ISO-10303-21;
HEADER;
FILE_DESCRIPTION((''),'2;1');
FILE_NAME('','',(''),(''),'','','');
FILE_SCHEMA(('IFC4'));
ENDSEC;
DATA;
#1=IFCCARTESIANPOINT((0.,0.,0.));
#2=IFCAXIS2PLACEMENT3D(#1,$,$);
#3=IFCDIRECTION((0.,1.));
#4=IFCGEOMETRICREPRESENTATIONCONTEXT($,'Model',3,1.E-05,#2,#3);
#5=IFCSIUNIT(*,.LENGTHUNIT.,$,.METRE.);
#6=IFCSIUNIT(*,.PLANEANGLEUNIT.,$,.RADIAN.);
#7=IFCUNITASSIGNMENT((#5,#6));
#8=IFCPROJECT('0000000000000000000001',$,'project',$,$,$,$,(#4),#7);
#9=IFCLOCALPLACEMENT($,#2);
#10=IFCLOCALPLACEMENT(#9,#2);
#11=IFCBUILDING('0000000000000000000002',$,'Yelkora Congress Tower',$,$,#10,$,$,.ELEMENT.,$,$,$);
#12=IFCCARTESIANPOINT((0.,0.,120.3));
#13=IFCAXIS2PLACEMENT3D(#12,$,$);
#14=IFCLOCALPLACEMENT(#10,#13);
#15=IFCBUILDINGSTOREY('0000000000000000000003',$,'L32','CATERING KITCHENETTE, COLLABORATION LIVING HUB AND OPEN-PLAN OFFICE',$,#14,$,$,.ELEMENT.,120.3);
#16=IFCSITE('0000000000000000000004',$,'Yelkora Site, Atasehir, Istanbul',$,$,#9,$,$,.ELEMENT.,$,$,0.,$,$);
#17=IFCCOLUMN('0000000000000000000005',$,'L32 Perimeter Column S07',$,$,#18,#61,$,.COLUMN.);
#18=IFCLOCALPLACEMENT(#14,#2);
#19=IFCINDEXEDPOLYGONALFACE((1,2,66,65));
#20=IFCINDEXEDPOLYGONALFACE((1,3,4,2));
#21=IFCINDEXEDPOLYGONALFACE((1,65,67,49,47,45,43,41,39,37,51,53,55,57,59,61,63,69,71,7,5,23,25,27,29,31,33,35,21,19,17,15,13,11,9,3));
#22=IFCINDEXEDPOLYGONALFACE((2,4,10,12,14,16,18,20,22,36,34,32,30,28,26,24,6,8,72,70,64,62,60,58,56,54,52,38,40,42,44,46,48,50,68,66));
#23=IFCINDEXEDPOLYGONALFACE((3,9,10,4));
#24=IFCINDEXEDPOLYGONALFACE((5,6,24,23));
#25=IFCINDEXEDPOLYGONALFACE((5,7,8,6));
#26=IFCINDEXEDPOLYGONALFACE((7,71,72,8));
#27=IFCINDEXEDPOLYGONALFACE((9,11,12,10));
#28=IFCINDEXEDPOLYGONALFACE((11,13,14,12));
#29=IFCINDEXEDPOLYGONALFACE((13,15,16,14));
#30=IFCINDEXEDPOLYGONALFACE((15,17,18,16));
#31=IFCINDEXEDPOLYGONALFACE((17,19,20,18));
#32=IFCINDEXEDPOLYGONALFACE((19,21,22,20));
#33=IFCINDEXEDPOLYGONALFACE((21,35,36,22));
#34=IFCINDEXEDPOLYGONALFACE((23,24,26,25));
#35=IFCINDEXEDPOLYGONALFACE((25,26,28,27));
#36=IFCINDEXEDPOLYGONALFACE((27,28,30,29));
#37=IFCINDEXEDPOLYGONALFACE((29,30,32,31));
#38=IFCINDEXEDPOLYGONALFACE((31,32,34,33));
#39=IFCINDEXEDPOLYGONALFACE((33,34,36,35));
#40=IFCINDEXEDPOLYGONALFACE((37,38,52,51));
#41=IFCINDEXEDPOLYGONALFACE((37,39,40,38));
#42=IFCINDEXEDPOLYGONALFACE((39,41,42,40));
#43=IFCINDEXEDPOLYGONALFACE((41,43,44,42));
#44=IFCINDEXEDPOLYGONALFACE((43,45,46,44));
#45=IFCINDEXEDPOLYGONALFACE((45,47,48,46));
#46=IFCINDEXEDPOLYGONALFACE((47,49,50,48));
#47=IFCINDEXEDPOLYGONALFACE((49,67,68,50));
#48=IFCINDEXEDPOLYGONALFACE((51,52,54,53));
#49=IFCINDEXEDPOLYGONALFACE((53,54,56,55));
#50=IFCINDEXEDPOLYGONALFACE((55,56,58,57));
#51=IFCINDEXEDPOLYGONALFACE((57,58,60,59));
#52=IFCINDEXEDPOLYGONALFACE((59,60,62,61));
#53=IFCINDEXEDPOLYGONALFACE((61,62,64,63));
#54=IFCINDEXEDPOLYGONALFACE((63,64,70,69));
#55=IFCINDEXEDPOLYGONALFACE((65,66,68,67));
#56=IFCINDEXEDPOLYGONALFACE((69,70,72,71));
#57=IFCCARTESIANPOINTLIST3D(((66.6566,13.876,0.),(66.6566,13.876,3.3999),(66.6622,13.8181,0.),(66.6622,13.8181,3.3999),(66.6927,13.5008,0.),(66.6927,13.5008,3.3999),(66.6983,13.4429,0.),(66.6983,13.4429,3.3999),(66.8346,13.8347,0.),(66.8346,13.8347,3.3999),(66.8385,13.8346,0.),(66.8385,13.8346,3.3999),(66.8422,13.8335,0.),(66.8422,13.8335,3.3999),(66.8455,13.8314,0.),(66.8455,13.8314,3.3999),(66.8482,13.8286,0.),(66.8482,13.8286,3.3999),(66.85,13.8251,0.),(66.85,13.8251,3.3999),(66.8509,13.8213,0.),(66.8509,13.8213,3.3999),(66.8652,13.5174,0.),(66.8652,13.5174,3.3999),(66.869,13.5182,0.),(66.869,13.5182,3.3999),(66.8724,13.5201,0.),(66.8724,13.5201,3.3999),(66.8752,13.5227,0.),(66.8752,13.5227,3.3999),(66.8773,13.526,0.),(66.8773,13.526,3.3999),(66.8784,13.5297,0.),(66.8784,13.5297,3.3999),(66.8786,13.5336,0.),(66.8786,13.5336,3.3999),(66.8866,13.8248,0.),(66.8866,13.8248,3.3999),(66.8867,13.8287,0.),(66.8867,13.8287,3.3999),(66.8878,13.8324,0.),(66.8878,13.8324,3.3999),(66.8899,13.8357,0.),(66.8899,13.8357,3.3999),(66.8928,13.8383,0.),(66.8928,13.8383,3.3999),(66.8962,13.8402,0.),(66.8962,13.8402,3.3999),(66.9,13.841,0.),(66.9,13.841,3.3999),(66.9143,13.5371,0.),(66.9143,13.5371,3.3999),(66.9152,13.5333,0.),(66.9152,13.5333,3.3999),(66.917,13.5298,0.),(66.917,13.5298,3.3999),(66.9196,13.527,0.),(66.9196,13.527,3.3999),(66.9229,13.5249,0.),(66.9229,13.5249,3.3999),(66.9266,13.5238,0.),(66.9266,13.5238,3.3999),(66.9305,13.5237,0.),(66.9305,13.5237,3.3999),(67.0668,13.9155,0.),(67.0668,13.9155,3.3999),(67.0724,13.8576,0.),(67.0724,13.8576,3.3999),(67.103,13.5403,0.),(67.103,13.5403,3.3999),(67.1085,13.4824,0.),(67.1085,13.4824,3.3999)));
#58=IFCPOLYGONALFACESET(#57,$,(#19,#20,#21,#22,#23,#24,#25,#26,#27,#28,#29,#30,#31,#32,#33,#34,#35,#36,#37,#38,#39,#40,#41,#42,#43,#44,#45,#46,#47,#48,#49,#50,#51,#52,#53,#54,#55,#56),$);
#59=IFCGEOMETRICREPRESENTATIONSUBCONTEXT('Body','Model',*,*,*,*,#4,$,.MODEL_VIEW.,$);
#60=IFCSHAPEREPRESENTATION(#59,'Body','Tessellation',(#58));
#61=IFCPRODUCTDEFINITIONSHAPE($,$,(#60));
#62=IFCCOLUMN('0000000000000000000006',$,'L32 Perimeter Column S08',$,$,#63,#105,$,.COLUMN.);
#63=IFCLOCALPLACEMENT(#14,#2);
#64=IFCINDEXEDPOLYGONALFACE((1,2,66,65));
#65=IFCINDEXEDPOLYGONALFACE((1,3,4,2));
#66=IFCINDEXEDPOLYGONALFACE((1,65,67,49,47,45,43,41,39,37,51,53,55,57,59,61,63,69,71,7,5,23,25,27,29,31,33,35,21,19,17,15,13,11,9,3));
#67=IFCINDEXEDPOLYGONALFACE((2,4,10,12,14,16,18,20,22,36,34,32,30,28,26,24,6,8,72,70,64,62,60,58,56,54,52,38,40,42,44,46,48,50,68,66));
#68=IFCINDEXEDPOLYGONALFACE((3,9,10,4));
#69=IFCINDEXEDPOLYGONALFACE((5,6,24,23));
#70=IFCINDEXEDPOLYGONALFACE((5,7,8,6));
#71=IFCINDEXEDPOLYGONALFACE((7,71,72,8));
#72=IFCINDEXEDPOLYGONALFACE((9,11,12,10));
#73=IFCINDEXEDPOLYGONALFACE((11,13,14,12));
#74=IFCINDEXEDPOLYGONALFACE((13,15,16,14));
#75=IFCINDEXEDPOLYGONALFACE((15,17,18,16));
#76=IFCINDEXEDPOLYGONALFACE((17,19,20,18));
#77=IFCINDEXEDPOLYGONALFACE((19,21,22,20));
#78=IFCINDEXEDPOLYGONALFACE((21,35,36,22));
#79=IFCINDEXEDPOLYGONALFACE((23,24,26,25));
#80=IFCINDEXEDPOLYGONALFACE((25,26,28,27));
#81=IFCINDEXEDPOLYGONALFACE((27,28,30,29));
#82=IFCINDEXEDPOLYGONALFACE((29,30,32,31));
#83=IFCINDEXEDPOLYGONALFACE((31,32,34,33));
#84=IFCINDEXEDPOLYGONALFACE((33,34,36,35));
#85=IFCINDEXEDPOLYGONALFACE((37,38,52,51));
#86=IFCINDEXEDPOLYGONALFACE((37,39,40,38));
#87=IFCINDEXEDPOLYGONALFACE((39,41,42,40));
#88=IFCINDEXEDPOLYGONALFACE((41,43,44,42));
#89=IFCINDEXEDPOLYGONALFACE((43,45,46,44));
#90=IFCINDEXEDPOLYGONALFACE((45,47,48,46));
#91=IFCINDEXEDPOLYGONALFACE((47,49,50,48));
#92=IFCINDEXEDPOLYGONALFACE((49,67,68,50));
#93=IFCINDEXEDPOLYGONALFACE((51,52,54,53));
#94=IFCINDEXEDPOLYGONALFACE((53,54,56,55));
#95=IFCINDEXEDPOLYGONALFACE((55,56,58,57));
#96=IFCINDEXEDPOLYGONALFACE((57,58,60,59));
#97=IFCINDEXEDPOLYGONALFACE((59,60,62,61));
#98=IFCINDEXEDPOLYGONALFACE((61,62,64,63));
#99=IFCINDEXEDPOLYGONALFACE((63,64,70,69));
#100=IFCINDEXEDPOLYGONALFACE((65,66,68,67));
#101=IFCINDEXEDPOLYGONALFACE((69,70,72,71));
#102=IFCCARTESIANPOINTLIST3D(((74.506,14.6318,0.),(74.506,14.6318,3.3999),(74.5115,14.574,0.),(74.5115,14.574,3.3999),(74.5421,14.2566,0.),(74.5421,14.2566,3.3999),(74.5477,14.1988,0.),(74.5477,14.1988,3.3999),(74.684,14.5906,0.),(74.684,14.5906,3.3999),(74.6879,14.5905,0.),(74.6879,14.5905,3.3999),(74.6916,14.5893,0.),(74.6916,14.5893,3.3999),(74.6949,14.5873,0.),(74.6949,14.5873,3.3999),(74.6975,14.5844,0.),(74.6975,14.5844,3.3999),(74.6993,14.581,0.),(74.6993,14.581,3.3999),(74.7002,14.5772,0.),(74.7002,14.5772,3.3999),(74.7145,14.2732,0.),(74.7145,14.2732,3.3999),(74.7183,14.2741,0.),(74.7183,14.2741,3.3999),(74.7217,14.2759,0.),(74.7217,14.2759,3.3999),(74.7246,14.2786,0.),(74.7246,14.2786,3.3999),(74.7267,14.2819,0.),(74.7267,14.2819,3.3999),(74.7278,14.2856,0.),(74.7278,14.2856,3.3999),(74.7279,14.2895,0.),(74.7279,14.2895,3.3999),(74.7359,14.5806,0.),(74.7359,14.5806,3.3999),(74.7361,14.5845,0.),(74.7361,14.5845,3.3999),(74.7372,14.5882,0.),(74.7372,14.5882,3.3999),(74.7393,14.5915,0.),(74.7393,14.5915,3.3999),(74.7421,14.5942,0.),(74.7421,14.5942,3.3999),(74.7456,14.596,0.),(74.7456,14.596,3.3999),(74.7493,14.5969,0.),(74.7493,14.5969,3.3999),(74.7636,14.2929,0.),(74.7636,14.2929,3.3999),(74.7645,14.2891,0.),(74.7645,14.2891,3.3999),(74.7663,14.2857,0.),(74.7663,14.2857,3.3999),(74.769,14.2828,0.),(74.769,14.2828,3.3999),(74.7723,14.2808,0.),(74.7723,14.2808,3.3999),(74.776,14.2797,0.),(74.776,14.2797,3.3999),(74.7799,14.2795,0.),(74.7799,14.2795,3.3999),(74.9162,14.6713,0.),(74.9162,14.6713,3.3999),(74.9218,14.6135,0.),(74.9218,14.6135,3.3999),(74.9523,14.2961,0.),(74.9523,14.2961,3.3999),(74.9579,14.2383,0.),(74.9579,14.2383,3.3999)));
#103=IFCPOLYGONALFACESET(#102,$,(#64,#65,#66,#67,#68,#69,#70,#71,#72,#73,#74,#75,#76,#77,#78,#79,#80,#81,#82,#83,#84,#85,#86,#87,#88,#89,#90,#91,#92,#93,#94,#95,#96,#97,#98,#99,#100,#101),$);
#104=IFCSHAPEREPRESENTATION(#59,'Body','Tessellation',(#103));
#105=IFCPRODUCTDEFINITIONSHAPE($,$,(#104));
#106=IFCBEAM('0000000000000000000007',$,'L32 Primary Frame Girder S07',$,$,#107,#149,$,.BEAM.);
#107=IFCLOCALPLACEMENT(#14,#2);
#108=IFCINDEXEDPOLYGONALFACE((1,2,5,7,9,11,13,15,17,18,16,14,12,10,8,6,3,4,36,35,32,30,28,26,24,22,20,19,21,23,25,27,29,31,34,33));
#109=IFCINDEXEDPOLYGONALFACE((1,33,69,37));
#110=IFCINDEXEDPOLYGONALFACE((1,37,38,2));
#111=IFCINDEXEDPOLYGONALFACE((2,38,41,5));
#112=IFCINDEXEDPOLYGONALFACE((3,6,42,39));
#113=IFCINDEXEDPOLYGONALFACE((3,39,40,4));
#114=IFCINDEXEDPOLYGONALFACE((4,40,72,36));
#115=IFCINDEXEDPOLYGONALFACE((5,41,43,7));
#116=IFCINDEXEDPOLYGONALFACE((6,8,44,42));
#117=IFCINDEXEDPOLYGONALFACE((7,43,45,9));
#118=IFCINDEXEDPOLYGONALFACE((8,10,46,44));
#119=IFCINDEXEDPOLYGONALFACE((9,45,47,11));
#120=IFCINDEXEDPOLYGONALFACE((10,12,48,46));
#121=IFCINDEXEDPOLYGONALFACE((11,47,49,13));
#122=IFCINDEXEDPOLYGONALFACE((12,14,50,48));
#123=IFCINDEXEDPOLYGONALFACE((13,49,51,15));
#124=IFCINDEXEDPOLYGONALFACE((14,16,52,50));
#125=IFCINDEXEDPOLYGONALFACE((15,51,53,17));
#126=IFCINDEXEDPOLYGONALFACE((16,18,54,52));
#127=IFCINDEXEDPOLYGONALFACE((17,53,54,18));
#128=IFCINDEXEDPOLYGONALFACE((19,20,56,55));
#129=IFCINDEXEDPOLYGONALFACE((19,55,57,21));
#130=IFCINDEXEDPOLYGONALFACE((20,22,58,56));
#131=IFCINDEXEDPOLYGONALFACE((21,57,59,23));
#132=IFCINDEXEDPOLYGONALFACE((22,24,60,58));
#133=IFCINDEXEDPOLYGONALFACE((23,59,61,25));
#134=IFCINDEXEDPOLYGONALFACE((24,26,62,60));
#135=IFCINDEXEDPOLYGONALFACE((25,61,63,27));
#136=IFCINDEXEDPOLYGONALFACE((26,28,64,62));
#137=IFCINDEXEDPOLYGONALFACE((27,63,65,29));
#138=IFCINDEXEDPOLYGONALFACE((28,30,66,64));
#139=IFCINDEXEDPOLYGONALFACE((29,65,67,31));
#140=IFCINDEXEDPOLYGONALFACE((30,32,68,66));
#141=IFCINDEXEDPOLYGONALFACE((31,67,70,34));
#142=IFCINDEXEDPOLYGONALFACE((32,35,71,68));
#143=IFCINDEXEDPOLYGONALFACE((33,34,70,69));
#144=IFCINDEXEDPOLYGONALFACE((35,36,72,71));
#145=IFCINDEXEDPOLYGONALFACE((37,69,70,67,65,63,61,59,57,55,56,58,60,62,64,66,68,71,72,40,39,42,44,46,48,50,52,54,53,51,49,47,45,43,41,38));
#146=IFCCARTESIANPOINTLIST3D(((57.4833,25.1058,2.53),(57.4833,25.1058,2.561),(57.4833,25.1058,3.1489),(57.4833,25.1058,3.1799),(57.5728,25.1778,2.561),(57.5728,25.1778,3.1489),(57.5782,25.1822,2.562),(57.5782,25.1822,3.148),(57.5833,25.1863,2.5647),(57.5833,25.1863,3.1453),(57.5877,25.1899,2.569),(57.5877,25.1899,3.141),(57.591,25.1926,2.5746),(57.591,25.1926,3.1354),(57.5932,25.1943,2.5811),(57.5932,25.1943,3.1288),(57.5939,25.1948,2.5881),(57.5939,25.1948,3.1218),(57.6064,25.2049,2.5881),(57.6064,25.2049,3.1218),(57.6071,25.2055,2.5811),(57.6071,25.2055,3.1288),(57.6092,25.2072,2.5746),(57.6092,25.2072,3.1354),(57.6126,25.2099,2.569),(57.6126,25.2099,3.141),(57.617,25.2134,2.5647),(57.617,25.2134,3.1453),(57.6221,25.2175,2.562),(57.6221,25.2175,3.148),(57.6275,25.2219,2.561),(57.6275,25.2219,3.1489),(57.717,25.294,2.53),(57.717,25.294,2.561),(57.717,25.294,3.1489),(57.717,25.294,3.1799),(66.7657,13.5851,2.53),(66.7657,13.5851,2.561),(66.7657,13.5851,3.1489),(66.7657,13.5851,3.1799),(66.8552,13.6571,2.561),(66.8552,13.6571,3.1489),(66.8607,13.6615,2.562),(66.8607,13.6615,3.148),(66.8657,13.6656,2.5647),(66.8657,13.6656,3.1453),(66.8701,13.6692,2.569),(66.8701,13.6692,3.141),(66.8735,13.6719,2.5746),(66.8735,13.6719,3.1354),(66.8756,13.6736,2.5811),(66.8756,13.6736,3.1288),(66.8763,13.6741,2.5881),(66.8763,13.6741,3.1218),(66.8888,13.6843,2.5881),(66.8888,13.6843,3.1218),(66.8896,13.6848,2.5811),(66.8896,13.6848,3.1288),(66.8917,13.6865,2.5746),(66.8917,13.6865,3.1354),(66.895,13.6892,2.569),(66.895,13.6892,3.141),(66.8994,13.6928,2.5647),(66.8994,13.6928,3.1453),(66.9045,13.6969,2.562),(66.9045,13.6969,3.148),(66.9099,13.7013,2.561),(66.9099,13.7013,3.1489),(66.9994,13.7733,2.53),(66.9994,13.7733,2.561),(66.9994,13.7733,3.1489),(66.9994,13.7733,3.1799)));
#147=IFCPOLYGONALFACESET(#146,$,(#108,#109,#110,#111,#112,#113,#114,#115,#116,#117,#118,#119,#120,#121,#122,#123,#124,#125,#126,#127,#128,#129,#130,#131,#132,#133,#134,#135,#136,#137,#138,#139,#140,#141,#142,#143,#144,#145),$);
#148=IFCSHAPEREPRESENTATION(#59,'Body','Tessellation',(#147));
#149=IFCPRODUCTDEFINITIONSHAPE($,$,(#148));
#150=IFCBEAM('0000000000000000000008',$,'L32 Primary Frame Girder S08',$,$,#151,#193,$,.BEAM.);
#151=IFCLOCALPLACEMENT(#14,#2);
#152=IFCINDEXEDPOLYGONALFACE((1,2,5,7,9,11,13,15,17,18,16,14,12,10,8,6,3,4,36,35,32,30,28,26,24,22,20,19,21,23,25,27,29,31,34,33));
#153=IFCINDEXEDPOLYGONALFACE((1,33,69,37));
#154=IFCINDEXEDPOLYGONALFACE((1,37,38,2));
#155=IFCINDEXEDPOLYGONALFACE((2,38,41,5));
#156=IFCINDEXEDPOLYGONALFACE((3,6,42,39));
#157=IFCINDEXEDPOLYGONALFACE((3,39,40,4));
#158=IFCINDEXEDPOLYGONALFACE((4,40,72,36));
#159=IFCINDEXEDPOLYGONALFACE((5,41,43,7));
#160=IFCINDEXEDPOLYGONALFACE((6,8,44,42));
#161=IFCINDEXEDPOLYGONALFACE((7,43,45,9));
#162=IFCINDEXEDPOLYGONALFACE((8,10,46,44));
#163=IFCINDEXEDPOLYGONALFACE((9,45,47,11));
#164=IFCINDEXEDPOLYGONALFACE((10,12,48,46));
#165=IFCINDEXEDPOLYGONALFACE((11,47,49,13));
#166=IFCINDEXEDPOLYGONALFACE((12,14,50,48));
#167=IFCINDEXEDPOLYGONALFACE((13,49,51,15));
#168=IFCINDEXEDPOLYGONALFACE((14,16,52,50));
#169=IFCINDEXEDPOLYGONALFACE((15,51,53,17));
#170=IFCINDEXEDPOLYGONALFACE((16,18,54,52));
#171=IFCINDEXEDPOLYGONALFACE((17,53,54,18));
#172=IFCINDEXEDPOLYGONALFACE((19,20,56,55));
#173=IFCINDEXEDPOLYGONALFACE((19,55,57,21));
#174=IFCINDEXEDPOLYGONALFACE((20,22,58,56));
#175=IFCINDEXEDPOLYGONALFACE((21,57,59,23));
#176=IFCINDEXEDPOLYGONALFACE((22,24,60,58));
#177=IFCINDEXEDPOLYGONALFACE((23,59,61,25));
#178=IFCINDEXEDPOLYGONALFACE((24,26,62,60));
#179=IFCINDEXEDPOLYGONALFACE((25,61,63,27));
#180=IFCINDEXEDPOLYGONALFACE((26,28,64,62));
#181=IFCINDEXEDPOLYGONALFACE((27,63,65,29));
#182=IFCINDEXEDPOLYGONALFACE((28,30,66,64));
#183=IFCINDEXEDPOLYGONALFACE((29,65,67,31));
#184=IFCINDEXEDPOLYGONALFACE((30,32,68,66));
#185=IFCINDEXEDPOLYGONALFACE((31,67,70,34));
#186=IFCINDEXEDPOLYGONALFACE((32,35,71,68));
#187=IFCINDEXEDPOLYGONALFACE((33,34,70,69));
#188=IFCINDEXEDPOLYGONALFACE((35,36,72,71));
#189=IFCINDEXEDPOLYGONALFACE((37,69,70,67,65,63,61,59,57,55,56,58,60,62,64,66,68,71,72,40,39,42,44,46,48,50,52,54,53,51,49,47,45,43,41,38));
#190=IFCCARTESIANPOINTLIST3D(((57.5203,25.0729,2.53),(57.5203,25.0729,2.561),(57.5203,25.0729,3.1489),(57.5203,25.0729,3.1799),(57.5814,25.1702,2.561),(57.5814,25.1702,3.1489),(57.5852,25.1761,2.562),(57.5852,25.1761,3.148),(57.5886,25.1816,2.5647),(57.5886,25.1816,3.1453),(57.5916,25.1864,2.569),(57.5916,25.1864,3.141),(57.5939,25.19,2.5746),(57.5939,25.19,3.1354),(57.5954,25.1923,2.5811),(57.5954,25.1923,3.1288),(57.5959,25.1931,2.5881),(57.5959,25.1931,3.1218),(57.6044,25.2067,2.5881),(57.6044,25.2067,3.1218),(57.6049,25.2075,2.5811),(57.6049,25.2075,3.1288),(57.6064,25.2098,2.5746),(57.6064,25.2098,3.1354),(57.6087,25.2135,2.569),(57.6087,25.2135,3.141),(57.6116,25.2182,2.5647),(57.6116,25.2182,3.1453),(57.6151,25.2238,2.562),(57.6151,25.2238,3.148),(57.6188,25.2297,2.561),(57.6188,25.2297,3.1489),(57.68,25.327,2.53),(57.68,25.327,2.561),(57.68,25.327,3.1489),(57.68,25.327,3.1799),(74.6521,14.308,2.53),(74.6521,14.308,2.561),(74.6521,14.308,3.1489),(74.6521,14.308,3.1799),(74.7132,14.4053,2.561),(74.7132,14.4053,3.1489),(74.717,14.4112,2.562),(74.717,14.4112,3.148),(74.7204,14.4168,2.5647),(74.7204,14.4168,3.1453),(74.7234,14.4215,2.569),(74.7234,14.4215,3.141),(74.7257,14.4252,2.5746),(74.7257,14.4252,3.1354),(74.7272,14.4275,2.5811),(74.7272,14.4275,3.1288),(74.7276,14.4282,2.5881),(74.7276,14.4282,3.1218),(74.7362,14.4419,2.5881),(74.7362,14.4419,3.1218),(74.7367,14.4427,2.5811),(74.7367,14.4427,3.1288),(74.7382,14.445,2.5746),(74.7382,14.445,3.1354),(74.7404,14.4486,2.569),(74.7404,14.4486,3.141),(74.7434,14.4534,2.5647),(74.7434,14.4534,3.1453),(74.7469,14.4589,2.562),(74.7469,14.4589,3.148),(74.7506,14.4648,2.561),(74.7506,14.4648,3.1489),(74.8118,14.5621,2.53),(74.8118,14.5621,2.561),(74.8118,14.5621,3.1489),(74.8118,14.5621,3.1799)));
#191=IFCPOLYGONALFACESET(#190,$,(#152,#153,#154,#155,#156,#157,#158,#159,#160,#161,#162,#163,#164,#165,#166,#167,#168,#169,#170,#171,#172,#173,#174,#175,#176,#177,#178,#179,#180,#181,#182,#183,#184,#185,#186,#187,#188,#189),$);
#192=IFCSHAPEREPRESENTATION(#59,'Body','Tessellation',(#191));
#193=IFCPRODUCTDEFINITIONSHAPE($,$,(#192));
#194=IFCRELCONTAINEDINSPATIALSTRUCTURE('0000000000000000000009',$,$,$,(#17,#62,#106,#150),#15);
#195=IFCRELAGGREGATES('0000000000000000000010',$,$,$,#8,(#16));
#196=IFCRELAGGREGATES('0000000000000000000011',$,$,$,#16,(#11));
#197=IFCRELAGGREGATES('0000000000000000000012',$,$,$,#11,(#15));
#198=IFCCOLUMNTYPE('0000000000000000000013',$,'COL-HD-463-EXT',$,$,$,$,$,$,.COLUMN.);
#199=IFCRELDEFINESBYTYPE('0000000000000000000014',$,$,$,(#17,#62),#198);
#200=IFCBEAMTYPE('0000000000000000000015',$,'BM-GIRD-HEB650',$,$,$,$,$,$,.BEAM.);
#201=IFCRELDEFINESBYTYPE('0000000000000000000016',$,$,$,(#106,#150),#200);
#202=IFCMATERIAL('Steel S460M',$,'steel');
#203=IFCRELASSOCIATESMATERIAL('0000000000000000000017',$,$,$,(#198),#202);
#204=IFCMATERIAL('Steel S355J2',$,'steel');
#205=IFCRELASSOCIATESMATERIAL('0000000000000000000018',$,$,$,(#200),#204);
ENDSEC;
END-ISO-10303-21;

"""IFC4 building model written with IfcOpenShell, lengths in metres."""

from ifc_helpers import new_model, si_unit, direction, frame, origin, origin_2d, place, context, subcontext, project, spatial, i_section, extrude, material, material_profile, profile_set, type_object, element, save


model = new_model("IFC4")

# Units and contexts
model_context = context("Model", 3, precision=1e-05, world=origin(), true_north=direction((0.0, 1.0)))
body_context = subcontext(model_context, "Body", "Model", "MODEL_VIEW")
ifc_project = project(units=[si_unit("LENGTHUNIT", "METRE"), si_unit("PLANEANGLEUNIT", "RADIAN")], contexts=[model_context])

# Site, building, storey
site_placement = place(None, origin())
site = spatial("IfcSite", under=ifc_project, at=site_placement, Name="Yelkora Site, Atasehir, Istanbul", CompositionType="ELEMENT", RefElevation=0.0)
building_placement = place(site_placement, origin())
building = spatial("IfcBuilding", under=site, at=building_placement, Name="Yelkora Congress Tower", CompositionType="ELEMENT")
storey_placement = place(building_placement, frame((0.0, 0.0, 120.3)))
storey = spatial("IfcBuildingStorey", under=building, at=storey_placement, Name="L32", Description="CATERING KITCHENETTE, COLLABORATION LIVING HUB AND OPEN-PLAN OFFICE", CompositionType="ELEMENT", Elevation=120.3)

# Columns
ifc_material_1 = material(Name="Steel S460M", Category="steel")
ifc_material_profile_1 = material_profile(ifc_material_1, i_section(OverallWidth=0.4121, OverallDepth=0.4351, WebThickness=0.0359, FlangeThickness=0.0581, FilletRadius=0.0149, at=origin_2d()), Name="HD 400x463")
ifc_profile_set_1 = profile_set([ifc_material_profile_1], Name="Steel S460M")
column_type = type_object("IfcColumnType", Name="COL-HD-463-EXT", PredefinedType="COLUMN", material=ifc_profile_set_1)
for number, where, z_axis, x_axis, name in (
    (1, (66.8826, 13.6792, 0.0), (0.0, 0.0, 1.0), (0.995396, 0.095846, 0.0), "L32 Perimeter Column S07"),
    (2, (74.7319, 14.4351, 0.0), (0.0, 0.0, 1.0), (0.995396, 0.095846, 0.0), "L32 Perimeter Column S08"),
):
    element("IfcColumn", number, at=place(storey_placement, frame(where, z_axis=z_axis, x_axis=x_axis)), inside=storey, type_object=column_type, Name=name, PredefinedType="COLUMN", context=body_context, shape_type="SweptSolid", body=[
        extrude(i_section(OverallWidth=0.4121, OverallDepth=0.4351, WebThickness=0.0359, FlangeThickness=0.0581, FilletRadius=0.0149, at=origin_2d()), origin(), (0.0, 0.0, 1.0), 3.3999),
    ])

# Beams
ifc_material_2 = material(Name="Steel S355J2", Category="steel")
ifc_material_profile_2 = material_profile(ifc_material_2, i_section(OverallWidth=0.3, OverallDepth=0.6499, WebThickness=0.0161, FlangeThickness=0.031, FilletRadius=0.0271, at=origin_2d()), Name="HEB 650")
ifc_profile_set_2 = profile_set([ifc_material_profile_2], Name="Steel S355J2")
beam_type_1 = type_object("IfcBeamType", Name="BM-GIRD-HEB650", PredefinedType="BEAM", material=ifc_profile_set_2)
beam_1_placement = place(storey_placement, frame((66.8826, 13.6792, 2.855), z_axis=(-0.627406, 0.778692, 0.0), x_axis=(-0.778692, -0.627406, 0.0)))
element("IfcBeam", 3, at=beam_1_placement, inside=storey, type_object=beam_type_1, Name="L32 Primary Frame Girder S07", PredefinedType="BEAM", context=body_context, shape_type="SweptSolid", body=[
    extrude(i_section(OverallWidth=0.3, OverallDepth=0.6499, WebThickness=0.0161, FlangeThickness=0.031, FilletRadius=0.0271, at=origin_2d()), origin(), (0.0, 0.0, 1.0), 14.7949),
])
beam_2_placement = place(storey_placement, frame((74.7319, 14.4351, 2.855), z_axis=(-0.846719, 0.532041, 0.0), x_axis=(-0.532041, -0.846719, 0.0)))
element("IfcBeam", 4, at=beam_2_placement, inside=storey, type_object=beam_type_1, Name="L32 Primary Frame Girder S08", PredefinedType="BEAM", context=body_context, shape_type="SweptSolid", body=[
    extrude(i_section(OverallWidth=0.3, OverallDepth=0.6499, WebThickness=0.0161, FlangeThickness=0.031, FilletRadius=0.0271, at=origin_2d()), origin(), (0.0, 0.0, 1.0), 20.2332),
])

save(model, "model.ifc")
